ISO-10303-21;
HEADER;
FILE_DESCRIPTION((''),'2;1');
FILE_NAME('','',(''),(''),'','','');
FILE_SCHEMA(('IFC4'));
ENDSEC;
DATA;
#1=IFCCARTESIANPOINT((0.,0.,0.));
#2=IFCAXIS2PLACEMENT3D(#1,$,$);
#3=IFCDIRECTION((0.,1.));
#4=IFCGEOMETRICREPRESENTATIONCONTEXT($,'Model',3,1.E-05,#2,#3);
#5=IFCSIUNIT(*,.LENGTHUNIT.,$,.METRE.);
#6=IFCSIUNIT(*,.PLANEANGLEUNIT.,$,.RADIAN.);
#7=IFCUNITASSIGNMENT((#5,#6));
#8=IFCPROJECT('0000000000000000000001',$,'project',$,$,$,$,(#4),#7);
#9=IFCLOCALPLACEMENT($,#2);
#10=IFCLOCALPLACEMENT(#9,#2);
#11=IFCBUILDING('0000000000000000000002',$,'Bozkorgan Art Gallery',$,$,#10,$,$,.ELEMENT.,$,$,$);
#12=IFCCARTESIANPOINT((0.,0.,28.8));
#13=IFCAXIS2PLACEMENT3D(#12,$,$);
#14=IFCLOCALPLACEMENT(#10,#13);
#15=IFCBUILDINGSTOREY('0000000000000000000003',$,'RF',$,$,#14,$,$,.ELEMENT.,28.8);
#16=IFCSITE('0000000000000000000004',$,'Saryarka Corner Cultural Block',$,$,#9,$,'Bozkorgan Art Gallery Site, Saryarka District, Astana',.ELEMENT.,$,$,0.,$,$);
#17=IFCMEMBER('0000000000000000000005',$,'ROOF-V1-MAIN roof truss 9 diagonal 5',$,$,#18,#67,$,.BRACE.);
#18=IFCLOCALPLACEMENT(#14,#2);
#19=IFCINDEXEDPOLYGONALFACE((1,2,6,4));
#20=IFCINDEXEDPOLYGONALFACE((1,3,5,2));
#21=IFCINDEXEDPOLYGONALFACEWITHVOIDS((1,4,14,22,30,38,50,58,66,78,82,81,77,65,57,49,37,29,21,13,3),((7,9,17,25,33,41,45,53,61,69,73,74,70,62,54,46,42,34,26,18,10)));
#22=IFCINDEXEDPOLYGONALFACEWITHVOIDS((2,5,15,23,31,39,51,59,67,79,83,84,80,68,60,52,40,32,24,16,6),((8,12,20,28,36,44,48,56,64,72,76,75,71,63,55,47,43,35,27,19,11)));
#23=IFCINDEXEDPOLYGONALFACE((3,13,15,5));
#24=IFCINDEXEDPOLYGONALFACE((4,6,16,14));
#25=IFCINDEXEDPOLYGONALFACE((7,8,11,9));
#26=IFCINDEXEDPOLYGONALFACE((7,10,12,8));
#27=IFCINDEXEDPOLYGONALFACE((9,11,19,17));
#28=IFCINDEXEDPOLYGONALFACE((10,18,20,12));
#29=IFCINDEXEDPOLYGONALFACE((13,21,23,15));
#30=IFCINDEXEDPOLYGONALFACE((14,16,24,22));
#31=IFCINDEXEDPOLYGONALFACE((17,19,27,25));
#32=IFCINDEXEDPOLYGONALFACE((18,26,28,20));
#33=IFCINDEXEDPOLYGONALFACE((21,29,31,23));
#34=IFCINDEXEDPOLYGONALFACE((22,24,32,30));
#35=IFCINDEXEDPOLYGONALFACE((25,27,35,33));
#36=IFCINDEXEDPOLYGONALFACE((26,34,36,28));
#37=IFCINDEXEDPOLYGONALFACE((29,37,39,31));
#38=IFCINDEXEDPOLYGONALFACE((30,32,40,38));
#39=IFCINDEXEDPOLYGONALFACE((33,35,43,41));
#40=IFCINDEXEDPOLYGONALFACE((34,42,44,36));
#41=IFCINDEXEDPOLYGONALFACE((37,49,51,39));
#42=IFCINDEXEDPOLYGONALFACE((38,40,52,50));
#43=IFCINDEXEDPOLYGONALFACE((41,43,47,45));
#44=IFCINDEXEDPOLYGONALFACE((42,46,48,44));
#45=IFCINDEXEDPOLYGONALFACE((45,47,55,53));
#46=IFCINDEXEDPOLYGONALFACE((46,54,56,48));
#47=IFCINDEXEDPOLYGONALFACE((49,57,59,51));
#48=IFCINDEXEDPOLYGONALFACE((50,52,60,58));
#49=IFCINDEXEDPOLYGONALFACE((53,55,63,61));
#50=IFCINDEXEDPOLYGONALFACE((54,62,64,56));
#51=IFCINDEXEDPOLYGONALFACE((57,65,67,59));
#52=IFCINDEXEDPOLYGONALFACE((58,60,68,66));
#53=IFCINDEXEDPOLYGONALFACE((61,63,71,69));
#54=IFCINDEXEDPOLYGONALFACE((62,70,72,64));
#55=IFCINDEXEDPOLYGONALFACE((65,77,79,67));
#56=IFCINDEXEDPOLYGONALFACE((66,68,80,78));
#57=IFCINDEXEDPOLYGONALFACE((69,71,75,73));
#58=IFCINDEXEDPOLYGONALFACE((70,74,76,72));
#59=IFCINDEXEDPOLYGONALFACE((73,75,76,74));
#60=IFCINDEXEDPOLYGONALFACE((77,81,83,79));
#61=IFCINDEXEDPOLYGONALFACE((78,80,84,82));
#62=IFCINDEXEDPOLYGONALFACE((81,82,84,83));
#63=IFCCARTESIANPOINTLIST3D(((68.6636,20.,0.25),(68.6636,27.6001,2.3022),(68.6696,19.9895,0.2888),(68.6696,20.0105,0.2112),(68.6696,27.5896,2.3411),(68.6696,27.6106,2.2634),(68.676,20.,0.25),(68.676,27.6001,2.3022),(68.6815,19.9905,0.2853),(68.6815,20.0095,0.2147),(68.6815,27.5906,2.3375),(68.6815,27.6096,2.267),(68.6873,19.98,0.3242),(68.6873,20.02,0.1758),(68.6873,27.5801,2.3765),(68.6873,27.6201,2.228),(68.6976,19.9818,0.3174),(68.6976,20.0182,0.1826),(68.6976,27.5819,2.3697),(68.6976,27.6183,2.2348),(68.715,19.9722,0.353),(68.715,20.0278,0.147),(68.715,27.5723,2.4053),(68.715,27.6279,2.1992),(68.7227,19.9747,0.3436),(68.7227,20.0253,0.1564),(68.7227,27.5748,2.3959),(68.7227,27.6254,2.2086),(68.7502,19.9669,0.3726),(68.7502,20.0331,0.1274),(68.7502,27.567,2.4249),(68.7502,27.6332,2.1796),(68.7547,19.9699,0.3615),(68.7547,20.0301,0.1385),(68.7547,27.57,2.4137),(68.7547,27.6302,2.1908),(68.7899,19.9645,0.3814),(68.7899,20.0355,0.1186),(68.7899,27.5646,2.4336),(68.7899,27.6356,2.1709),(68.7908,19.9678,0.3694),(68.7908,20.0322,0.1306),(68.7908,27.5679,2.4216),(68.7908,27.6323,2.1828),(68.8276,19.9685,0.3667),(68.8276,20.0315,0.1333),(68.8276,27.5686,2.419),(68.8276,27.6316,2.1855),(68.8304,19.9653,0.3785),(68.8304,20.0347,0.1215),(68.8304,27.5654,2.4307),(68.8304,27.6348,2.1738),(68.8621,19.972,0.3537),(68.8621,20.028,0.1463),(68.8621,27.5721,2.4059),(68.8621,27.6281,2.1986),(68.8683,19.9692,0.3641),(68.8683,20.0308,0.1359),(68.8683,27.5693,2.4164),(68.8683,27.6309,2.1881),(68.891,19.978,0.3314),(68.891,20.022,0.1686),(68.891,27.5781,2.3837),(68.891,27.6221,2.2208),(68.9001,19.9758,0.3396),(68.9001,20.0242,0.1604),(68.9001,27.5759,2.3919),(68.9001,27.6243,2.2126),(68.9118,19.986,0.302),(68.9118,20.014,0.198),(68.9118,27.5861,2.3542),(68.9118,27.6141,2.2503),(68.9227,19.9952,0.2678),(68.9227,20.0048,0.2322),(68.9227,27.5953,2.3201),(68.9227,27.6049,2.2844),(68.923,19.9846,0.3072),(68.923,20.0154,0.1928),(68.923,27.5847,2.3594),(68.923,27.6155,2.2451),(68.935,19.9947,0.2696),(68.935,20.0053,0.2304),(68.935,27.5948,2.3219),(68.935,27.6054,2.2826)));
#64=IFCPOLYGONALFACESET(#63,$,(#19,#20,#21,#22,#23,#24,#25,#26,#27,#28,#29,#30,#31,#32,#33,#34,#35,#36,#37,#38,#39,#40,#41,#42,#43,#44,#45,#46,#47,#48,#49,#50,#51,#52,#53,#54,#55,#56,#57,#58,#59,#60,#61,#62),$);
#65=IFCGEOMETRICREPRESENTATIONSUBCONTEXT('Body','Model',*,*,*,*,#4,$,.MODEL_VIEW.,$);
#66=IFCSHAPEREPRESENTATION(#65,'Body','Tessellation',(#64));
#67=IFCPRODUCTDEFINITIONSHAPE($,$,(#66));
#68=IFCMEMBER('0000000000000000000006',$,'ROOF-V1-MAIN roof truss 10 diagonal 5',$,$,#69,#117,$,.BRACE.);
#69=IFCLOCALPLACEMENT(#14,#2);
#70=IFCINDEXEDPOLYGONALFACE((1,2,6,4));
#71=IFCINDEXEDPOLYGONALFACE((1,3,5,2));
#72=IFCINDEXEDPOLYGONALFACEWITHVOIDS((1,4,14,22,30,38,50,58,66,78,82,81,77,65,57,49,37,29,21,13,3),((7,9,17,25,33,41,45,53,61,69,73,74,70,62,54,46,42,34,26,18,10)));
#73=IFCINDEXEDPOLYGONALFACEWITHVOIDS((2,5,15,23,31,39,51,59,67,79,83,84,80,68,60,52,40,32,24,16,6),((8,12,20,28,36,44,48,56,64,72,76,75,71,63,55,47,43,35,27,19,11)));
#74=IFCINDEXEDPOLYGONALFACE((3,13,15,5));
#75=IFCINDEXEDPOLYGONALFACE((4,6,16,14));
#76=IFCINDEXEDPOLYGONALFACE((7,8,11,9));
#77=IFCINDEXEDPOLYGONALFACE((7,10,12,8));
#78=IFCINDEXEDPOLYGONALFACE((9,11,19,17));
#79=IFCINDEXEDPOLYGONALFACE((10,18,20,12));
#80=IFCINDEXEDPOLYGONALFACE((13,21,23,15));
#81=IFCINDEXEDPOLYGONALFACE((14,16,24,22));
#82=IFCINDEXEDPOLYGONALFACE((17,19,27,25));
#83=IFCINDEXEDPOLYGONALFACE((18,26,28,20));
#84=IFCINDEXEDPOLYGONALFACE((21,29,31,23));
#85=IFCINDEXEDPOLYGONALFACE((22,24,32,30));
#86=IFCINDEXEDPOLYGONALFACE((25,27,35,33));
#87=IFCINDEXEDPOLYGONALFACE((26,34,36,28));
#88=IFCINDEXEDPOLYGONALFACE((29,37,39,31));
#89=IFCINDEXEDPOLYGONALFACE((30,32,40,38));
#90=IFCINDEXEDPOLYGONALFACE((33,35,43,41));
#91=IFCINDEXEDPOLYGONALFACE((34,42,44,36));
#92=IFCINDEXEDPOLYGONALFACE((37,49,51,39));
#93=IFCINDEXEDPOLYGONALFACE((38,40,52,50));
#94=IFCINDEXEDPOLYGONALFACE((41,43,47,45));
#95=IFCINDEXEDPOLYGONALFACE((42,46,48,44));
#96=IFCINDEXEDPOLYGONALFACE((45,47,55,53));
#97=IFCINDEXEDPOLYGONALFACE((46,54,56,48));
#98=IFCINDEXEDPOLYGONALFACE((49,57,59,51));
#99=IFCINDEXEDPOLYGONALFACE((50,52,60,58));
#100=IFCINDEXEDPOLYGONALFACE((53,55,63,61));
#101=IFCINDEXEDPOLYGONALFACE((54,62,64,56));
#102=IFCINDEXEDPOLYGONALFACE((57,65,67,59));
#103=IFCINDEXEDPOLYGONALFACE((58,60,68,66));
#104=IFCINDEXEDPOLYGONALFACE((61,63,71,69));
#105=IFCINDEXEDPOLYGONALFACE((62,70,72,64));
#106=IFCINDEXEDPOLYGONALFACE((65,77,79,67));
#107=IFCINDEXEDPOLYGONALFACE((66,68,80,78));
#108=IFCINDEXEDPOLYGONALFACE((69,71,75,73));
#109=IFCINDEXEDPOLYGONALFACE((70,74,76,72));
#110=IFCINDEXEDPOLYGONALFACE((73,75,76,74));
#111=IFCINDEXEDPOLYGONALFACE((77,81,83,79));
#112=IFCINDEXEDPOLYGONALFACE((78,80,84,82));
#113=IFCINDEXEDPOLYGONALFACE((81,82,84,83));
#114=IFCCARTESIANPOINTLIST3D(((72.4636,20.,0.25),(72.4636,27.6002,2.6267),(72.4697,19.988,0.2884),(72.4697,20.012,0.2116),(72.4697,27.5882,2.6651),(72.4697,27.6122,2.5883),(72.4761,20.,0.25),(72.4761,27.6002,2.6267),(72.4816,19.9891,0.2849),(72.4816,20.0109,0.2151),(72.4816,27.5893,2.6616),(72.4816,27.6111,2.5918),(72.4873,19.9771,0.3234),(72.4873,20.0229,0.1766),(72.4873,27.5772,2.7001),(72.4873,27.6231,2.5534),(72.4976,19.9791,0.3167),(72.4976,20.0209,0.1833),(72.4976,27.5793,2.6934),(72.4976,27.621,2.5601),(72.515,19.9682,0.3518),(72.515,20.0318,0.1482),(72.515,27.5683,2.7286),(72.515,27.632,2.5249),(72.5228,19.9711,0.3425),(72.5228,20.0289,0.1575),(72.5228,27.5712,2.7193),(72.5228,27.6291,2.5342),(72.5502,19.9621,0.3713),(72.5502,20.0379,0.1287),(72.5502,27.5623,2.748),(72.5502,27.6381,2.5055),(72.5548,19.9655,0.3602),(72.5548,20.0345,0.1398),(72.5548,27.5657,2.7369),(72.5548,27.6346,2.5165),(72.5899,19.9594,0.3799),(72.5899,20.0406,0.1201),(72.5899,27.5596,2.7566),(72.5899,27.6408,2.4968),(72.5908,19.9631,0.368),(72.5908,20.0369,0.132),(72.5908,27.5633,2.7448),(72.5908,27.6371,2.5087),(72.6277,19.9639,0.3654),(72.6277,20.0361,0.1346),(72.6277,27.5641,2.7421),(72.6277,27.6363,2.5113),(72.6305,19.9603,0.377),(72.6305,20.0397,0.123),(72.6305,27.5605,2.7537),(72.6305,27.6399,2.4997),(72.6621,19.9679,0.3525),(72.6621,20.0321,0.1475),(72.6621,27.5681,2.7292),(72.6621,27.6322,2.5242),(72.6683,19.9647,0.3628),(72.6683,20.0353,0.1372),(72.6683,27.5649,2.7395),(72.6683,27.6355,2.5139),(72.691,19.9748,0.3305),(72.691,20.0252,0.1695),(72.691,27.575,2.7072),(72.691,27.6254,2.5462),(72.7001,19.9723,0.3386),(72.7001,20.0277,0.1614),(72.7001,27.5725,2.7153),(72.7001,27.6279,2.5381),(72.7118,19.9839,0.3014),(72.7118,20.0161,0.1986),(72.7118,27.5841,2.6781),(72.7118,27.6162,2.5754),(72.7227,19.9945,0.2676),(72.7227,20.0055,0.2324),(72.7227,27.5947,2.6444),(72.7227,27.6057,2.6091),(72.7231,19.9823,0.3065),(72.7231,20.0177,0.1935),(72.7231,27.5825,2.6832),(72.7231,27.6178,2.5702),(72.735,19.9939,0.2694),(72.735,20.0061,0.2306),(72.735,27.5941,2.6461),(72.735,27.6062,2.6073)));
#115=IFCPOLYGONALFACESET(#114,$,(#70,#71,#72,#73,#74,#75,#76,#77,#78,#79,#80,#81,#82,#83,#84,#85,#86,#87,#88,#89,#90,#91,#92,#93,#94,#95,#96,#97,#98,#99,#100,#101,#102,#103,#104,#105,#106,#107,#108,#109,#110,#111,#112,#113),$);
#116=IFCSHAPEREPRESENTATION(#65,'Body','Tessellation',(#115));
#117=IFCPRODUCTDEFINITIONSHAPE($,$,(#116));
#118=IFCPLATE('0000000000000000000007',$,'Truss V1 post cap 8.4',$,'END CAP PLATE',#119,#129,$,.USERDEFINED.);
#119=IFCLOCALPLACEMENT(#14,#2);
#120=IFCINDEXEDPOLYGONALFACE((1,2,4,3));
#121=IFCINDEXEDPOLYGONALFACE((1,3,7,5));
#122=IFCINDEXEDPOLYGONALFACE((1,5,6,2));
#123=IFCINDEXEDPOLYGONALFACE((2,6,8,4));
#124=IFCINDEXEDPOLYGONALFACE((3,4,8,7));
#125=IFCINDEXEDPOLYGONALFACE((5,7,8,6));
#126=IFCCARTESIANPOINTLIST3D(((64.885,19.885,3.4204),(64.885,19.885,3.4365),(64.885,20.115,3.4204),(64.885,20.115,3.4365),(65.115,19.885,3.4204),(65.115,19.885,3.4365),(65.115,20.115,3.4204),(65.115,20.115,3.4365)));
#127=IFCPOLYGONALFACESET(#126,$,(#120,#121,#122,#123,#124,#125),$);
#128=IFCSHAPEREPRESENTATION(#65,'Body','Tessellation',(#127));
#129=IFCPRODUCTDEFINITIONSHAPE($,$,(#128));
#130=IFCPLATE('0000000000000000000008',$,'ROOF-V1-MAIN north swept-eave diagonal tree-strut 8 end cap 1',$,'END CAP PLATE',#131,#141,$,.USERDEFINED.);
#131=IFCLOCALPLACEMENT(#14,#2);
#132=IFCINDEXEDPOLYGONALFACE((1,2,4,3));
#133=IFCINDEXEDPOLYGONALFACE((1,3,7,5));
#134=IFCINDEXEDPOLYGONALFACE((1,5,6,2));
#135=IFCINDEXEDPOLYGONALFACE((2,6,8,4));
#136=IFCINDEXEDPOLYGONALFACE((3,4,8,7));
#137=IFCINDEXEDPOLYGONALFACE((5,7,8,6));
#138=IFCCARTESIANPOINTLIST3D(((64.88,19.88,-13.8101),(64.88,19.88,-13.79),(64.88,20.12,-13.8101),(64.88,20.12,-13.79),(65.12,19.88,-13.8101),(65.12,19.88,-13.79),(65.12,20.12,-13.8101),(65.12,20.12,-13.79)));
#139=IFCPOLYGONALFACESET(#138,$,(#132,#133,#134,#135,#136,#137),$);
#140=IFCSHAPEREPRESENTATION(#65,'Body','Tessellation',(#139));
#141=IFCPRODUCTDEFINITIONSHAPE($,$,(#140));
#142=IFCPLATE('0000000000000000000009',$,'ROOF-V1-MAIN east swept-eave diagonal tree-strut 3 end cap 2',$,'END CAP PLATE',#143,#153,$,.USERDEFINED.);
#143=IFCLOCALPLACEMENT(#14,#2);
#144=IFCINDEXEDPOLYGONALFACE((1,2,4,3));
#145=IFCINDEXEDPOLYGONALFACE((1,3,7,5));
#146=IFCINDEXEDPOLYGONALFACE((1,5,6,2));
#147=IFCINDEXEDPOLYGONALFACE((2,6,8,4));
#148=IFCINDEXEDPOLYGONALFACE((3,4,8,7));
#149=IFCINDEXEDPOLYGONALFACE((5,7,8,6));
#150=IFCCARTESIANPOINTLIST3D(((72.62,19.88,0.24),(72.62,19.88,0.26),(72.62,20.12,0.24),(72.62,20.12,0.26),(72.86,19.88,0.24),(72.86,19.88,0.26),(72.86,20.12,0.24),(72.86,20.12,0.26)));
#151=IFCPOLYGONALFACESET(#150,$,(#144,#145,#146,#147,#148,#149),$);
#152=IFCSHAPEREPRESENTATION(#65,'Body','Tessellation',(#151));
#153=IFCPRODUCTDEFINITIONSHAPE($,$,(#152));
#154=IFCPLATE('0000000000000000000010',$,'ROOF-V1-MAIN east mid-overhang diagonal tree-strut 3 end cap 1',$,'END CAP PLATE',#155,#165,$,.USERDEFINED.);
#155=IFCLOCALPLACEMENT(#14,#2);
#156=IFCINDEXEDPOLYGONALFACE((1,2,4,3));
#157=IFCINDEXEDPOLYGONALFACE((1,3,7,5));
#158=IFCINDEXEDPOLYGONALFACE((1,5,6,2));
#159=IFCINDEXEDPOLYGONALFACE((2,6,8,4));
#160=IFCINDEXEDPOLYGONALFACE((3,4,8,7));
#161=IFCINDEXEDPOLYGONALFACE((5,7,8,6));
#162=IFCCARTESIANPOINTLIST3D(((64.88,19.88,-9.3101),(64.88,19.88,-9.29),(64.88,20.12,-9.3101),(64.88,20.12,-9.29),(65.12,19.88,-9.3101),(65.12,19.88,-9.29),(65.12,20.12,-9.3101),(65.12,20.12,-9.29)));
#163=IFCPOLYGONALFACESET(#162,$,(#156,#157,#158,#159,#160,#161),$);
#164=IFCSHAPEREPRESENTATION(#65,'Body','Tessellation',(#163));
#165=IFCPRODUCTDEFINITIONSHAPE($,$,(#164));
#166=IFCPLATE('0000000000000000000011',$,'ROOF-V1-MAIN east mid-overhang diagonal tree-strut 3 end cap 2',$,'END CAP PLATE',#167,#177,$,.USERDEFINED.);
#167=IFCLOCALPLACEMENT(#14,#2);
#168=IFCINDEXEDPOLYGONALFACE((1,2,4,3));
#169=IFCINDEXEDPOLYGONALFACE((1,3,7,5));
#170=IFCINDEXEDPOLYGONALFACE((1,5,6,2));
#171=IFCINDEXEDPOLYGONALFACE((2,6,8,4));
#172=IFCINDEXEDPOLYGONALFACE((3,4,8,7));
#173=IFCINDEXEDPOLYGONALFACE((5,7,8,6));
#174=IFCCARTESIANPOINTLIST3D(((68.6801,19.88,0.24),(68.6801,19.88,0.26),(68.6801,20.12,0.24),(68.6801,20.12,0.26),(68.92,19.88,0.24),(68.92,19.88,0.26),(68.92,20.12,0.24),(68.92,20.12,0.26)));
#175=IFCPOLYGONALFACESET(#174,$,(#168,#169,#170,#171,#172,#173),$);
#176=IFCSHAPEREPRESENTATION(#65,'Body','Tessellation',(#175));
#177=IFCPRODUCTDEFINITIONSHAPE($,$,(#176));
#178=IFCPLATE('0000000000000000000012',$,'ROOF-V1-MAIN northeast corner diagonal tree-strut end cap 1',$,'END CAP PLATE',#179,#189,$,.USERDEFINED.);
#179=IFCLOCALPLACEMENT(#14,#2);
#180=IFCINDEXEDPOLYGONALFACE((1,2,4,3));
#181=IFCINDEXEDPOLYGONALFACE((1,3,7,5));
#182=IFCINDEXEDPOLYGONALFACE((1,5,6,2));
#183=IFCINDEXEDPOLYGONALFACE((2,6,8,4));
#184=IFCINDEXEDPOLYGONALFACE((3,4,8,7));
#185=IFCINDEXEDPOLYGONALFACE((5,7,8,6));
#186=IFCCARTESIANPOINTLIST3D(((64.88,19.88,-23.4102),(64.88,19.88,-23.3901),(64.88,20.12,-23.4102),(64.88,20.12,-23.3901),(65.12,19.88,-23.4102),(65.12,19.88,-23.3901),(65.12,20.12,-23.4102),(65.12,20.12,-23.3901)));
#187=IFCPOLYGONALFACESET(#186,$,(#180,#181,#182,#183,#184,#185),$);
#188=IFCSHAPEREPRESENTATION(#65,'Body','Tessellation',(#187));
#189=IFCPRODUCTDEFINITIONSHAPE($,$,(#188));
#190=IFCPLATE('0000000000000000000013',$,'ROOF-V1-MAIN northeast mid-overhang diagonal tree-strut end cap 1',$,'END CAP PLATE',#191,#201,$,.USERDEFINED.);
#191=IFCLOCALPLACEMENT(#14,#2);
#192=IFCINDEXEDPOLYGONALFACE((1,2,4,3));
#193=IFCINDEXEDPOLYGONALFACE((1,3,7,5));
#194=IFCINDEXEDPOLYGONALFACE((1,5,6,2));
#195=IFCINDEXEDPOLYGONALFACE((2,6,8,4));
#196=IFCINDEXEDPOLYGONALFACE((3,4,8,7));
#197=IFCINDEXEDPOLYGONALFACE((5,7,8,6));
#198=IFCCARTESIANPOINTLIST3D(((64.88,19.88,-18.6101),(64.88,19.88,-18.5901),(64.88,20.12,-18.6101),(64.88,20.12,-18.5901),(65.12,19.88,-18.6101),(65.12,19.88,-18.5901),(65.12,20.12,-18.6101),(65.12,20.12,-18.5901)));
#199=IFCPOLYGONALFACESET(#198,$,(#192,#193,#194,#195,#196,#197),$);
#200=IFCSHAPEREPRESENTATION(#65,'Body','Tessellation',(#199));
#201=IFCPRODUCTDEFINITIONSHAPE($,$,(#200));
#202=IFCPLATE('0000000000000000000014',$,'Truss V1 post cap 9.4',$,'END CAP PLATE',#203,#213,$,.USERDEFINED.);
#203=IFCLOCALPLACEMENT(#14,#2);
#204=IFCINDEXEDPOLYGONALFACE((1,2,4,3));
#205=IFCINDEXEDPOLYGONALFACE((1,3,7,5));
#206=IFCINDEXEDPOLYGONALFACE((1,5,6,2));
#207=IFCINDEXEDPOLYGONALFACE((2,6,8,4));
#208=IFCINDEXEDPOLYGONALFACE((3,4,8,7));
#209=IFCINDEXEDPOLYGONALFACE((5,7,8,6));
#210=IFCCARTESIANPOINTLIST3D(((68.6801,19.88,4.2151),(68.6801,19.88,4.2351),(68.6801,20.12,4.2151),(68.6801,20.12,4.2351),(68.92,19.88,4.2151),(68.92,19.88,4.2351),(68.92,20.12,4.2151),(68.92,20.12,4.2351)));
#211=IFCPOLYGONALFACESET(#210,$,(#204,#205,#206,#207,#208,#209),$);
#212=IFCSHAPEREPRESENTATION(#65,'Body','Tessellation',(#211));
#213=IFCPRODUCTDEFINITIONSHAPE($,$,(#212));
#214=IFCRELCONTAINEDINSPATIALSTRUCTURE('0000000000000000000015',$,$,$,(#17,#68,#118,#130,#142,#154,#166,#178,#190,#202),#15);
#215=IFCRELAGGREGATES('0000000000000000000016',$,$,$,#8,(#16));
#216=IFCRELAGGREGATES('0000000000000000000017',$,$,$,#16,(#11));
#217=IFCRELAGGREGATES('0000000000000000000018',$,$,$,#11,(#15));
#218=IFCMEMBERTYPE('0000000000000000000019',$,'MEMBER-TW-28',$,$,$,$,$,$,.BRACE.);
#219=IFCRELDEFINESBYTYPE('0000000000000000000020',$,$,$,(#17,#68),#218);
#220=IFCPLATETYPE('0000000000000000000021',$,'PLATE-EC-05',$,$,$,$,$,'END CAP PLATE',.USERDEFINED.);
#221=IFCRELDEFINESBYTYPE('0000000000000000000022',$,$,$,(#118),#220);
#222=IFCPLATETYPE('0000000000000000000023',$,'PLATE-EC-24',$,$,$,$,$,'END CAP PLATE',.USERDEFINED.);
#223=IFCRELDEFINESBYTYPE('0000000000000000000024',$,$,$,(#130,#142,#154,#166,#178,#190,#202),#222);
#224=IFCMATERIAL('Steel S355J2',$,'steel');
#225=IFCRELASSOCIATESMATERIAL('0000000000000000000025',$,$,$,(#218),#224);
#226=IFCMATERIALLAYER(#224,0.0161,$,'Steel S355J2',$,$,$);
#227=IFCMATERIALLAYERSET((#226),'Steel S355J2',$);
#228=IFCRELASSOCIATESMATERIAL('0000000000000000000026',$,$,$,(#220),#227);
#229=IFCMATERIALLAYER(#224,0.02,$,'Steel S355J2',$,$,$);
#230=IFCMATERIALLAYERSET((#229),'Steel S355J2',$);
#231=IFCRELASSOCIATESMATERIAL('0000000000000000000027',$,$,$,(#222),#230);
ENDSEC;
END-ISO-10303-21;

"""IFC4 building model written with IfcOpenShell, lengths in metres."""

from ifc_helpers import new_model, si_unit, direction, frame, origin, origin_2d, place, context, subcontext, project, spatial, rectangle, hollow_circle, extrude, material, layer, layer_set, material_profile, profile_set, type_object, element, save


model = new_model("IFC4")

# Units and contexts
model_context = context("Model", 3, precision=1e-05, world=origin(), true_north=direction((0.0, 1.0)))
body_context = subcontext(model_context, "Body", "Model", "MODEL_VIEW")
ifc_project = project(units=[si_unit("LENGTHUNIT", "METRE"), si_unit("PLANEANGLEUNIT", "RADIAN")], contexts=[model_context])

# Site, building, storey
site_placement = place(None, origin())
site = spatial("IfcSite", under=ifc_project, at=site_placement, Name="Saryarka Corner Cultural Block", LongName="Bozkorgan Art Gallery Site, Saryarka District, Astana", CompositionType="ELEMENT", RefElevation=0.0)
building_placement = place(site_placement, origin())
building = spatial("IfcBuilding", under=site, at=building_placement, Name="Bozkorgan Art Gallery", CompositionType="ELEMENT")
storey_placement = place(building_placement, frame((0.0, 0.0, 28.8)))
storey = spatial("IfcBuildingStorey", under=building, at=storey_placement, Name="RF", CompositionType="ELEMENT", Elevation=28.8)

# Members
ifc_material_1 = material(Name="Steel S355J2", Category="steel")
ifc_material_profile_1 = material_profile(ifc_material_1, hollow_circle(Radius=0.1365, WallThickness=0.0125, at=origin_2d()), Name="CHS 273x12.5")
ifc_profile_set_1 = profile_set([ifc_material_profile_1], Name="Steel S355J2")
member_type_1 = type_object("IfcMemberType", Name="MEMBER-TW-28", PredefinedType="BRACE", material=ifc_profile_set_1)
member_1_placement = place(storey_placement, frame((68.8, 20.0, 0.25), z_axis=(0.0, 0.965422, 0.260692), x_axis=(-1.0, 0.0, 0.0)))
element("IfcMember", 1, at=member_1_placement, inside=storey, type_object=member_type_1, Name="ROOF-V1-MAIN roof truss 9 diagonal 5", PredefinedType="BRACE", context=body_context, shape_type="SweptSolid", body=[
    extrude(hollow_circle(Radius=0.1365, WallThickness=0.0125, at=origin_2d()), origin(), (0.0, 0.0, 1.0), 7.8723),
])
member_2_placement = place(storey_placement, frame((72.6001, 20.0, 0.25), z_axis=(0.0, 0.95442, 0.298467), x_axis=(-1.0, 0.0, 0.0)))
element("IfcMember", 2, at=member_2_placement, inside=storey, type_object=member_type_1, Name="ROOF-V1-MAIN roof truss 10 diagonal 5", PredefinedType="BRACE", context=body_context, shape_type="SweptSolid", body=[
    extrude(hollow_circle(Radius=0.1365, WallThickness=0.0125, at=origin_2d()), origin(), (0.0, 0.0, 1.0), 7.9631),
])

# Plates
ifc_layer_1 = layer(ifc_material_1, 0.0161, Name="Steel S355J2")
ifc_layer_set_1 = layer_set([ifc_layer_1], Name="Steel S355J2")
plate_type_1 = type_object("IfcPlateType", Name="PLATE-EC-05", ElementType="END CAP PLATE", PredefinedType="USERDEFINED", material=ifc_layer_set_1)
plate_1_placement = place(storey_placement, frame((65.0, 20.0, 3.4204), z_axis=(0.0, 0.0, 1.0), x_axis=(1.0, 0.0, 0.0)))
element("IfcPlate", 3, at=plate_1_placement, inside=storey, type_object=plate_type_1, Name="Truss V1 post cap 8.4", ObjectType="END CAP PLATE", PredefinedType="USERDEFINED", context=body_context, shape_type="SweptSolid", body=[
    extrude(rectangle(XDim=0.23, YDim=0.23, at=origin_2d()), origin(), (0.0, 0.0, 1.0), 0.0161),
])
ifc_layer_2 = layer(ifc_material_1, 0.02, Name="Steel S355J2")
ifc_layer_set_2 = layer_set([ifc_layer_2], Name="Steel S355J2")
plate_type_2 = type_object("IfcPlateType", Name="PLATE-EC-24", ElementType="END CAP PLATE", PredefinedType="USERDEFINED", material=ifc_layer_set_2)
for number, where, z_axis, x_axis, name in (
    (4, (65.0, 20.0, -13.8101), (0.0, 0.0, 1.0), (1.0, 0.0, 0.0), "ROOF-V1-MAIN north swept-eave diagonal tree-strut 8 end cap 1"),
    (5, (72.74, 20.0, 0.24), (0.0, 0.0, 1.0), (1.0, 0.0, 0.0), "ROOF-V1-MAIN east swept-eave diagonal tree-strut 3 end cap 2"),
    (6, (65.0, 20.0, -9.3101), (0.0, 0.0, 1.0), (1.0, 0.0, 0.0), "ROOF-V1-MAIN east mid-overhang diagonal tree-strut 3 end cap 1"),
    (7, (68.8, 20.0, 0.24), (0.0, 0.0, 1.0), (1.0, 0.0, 0.0), "ROOF-V1-MAIN east mid-overhang diagonal tree-strut 3 end cap 2"),
    (8, (65.0, 20.0, -23.4102), (0.0, 0.0, 1.0), (1.0, 0.0, 0.0), "ROOF-V1-MAIN northeast corner diagonal tree-strut end cap 1"),
    (9, (65.0, 20.0, -18.6101), (0.0, 0.0, 1.0), (1.0, 0.0, 0.0), "ROOF-V1-MAIN northeast mid-overhang diagonal tree-strut end cap 1"),
    (10, (68.8, 20.0, 4.2151), (0.0, 0.0, 1.0), (1.0, 0.0, 0.0), "Truss V1 post cap 9.4"),
):
    element("IfcPlate", number, at=place(storey_placement, frame(where, z_axis=z_axis, x_axis=x_axis)), inside=storey, type_object=plate_type_2, Name=name, ObjectType="END CAP PLATE", PredefinedType="USERDEFINED", context=body_context, shape_type="SweptSolid", body=[
        extrude(rectangle(XDim=0.24, YDim=0.24, at=origin_2d()), origin(), (0.0, 0.0, 1.0), 0.02),
    ])

save(model, "model.ifc")
